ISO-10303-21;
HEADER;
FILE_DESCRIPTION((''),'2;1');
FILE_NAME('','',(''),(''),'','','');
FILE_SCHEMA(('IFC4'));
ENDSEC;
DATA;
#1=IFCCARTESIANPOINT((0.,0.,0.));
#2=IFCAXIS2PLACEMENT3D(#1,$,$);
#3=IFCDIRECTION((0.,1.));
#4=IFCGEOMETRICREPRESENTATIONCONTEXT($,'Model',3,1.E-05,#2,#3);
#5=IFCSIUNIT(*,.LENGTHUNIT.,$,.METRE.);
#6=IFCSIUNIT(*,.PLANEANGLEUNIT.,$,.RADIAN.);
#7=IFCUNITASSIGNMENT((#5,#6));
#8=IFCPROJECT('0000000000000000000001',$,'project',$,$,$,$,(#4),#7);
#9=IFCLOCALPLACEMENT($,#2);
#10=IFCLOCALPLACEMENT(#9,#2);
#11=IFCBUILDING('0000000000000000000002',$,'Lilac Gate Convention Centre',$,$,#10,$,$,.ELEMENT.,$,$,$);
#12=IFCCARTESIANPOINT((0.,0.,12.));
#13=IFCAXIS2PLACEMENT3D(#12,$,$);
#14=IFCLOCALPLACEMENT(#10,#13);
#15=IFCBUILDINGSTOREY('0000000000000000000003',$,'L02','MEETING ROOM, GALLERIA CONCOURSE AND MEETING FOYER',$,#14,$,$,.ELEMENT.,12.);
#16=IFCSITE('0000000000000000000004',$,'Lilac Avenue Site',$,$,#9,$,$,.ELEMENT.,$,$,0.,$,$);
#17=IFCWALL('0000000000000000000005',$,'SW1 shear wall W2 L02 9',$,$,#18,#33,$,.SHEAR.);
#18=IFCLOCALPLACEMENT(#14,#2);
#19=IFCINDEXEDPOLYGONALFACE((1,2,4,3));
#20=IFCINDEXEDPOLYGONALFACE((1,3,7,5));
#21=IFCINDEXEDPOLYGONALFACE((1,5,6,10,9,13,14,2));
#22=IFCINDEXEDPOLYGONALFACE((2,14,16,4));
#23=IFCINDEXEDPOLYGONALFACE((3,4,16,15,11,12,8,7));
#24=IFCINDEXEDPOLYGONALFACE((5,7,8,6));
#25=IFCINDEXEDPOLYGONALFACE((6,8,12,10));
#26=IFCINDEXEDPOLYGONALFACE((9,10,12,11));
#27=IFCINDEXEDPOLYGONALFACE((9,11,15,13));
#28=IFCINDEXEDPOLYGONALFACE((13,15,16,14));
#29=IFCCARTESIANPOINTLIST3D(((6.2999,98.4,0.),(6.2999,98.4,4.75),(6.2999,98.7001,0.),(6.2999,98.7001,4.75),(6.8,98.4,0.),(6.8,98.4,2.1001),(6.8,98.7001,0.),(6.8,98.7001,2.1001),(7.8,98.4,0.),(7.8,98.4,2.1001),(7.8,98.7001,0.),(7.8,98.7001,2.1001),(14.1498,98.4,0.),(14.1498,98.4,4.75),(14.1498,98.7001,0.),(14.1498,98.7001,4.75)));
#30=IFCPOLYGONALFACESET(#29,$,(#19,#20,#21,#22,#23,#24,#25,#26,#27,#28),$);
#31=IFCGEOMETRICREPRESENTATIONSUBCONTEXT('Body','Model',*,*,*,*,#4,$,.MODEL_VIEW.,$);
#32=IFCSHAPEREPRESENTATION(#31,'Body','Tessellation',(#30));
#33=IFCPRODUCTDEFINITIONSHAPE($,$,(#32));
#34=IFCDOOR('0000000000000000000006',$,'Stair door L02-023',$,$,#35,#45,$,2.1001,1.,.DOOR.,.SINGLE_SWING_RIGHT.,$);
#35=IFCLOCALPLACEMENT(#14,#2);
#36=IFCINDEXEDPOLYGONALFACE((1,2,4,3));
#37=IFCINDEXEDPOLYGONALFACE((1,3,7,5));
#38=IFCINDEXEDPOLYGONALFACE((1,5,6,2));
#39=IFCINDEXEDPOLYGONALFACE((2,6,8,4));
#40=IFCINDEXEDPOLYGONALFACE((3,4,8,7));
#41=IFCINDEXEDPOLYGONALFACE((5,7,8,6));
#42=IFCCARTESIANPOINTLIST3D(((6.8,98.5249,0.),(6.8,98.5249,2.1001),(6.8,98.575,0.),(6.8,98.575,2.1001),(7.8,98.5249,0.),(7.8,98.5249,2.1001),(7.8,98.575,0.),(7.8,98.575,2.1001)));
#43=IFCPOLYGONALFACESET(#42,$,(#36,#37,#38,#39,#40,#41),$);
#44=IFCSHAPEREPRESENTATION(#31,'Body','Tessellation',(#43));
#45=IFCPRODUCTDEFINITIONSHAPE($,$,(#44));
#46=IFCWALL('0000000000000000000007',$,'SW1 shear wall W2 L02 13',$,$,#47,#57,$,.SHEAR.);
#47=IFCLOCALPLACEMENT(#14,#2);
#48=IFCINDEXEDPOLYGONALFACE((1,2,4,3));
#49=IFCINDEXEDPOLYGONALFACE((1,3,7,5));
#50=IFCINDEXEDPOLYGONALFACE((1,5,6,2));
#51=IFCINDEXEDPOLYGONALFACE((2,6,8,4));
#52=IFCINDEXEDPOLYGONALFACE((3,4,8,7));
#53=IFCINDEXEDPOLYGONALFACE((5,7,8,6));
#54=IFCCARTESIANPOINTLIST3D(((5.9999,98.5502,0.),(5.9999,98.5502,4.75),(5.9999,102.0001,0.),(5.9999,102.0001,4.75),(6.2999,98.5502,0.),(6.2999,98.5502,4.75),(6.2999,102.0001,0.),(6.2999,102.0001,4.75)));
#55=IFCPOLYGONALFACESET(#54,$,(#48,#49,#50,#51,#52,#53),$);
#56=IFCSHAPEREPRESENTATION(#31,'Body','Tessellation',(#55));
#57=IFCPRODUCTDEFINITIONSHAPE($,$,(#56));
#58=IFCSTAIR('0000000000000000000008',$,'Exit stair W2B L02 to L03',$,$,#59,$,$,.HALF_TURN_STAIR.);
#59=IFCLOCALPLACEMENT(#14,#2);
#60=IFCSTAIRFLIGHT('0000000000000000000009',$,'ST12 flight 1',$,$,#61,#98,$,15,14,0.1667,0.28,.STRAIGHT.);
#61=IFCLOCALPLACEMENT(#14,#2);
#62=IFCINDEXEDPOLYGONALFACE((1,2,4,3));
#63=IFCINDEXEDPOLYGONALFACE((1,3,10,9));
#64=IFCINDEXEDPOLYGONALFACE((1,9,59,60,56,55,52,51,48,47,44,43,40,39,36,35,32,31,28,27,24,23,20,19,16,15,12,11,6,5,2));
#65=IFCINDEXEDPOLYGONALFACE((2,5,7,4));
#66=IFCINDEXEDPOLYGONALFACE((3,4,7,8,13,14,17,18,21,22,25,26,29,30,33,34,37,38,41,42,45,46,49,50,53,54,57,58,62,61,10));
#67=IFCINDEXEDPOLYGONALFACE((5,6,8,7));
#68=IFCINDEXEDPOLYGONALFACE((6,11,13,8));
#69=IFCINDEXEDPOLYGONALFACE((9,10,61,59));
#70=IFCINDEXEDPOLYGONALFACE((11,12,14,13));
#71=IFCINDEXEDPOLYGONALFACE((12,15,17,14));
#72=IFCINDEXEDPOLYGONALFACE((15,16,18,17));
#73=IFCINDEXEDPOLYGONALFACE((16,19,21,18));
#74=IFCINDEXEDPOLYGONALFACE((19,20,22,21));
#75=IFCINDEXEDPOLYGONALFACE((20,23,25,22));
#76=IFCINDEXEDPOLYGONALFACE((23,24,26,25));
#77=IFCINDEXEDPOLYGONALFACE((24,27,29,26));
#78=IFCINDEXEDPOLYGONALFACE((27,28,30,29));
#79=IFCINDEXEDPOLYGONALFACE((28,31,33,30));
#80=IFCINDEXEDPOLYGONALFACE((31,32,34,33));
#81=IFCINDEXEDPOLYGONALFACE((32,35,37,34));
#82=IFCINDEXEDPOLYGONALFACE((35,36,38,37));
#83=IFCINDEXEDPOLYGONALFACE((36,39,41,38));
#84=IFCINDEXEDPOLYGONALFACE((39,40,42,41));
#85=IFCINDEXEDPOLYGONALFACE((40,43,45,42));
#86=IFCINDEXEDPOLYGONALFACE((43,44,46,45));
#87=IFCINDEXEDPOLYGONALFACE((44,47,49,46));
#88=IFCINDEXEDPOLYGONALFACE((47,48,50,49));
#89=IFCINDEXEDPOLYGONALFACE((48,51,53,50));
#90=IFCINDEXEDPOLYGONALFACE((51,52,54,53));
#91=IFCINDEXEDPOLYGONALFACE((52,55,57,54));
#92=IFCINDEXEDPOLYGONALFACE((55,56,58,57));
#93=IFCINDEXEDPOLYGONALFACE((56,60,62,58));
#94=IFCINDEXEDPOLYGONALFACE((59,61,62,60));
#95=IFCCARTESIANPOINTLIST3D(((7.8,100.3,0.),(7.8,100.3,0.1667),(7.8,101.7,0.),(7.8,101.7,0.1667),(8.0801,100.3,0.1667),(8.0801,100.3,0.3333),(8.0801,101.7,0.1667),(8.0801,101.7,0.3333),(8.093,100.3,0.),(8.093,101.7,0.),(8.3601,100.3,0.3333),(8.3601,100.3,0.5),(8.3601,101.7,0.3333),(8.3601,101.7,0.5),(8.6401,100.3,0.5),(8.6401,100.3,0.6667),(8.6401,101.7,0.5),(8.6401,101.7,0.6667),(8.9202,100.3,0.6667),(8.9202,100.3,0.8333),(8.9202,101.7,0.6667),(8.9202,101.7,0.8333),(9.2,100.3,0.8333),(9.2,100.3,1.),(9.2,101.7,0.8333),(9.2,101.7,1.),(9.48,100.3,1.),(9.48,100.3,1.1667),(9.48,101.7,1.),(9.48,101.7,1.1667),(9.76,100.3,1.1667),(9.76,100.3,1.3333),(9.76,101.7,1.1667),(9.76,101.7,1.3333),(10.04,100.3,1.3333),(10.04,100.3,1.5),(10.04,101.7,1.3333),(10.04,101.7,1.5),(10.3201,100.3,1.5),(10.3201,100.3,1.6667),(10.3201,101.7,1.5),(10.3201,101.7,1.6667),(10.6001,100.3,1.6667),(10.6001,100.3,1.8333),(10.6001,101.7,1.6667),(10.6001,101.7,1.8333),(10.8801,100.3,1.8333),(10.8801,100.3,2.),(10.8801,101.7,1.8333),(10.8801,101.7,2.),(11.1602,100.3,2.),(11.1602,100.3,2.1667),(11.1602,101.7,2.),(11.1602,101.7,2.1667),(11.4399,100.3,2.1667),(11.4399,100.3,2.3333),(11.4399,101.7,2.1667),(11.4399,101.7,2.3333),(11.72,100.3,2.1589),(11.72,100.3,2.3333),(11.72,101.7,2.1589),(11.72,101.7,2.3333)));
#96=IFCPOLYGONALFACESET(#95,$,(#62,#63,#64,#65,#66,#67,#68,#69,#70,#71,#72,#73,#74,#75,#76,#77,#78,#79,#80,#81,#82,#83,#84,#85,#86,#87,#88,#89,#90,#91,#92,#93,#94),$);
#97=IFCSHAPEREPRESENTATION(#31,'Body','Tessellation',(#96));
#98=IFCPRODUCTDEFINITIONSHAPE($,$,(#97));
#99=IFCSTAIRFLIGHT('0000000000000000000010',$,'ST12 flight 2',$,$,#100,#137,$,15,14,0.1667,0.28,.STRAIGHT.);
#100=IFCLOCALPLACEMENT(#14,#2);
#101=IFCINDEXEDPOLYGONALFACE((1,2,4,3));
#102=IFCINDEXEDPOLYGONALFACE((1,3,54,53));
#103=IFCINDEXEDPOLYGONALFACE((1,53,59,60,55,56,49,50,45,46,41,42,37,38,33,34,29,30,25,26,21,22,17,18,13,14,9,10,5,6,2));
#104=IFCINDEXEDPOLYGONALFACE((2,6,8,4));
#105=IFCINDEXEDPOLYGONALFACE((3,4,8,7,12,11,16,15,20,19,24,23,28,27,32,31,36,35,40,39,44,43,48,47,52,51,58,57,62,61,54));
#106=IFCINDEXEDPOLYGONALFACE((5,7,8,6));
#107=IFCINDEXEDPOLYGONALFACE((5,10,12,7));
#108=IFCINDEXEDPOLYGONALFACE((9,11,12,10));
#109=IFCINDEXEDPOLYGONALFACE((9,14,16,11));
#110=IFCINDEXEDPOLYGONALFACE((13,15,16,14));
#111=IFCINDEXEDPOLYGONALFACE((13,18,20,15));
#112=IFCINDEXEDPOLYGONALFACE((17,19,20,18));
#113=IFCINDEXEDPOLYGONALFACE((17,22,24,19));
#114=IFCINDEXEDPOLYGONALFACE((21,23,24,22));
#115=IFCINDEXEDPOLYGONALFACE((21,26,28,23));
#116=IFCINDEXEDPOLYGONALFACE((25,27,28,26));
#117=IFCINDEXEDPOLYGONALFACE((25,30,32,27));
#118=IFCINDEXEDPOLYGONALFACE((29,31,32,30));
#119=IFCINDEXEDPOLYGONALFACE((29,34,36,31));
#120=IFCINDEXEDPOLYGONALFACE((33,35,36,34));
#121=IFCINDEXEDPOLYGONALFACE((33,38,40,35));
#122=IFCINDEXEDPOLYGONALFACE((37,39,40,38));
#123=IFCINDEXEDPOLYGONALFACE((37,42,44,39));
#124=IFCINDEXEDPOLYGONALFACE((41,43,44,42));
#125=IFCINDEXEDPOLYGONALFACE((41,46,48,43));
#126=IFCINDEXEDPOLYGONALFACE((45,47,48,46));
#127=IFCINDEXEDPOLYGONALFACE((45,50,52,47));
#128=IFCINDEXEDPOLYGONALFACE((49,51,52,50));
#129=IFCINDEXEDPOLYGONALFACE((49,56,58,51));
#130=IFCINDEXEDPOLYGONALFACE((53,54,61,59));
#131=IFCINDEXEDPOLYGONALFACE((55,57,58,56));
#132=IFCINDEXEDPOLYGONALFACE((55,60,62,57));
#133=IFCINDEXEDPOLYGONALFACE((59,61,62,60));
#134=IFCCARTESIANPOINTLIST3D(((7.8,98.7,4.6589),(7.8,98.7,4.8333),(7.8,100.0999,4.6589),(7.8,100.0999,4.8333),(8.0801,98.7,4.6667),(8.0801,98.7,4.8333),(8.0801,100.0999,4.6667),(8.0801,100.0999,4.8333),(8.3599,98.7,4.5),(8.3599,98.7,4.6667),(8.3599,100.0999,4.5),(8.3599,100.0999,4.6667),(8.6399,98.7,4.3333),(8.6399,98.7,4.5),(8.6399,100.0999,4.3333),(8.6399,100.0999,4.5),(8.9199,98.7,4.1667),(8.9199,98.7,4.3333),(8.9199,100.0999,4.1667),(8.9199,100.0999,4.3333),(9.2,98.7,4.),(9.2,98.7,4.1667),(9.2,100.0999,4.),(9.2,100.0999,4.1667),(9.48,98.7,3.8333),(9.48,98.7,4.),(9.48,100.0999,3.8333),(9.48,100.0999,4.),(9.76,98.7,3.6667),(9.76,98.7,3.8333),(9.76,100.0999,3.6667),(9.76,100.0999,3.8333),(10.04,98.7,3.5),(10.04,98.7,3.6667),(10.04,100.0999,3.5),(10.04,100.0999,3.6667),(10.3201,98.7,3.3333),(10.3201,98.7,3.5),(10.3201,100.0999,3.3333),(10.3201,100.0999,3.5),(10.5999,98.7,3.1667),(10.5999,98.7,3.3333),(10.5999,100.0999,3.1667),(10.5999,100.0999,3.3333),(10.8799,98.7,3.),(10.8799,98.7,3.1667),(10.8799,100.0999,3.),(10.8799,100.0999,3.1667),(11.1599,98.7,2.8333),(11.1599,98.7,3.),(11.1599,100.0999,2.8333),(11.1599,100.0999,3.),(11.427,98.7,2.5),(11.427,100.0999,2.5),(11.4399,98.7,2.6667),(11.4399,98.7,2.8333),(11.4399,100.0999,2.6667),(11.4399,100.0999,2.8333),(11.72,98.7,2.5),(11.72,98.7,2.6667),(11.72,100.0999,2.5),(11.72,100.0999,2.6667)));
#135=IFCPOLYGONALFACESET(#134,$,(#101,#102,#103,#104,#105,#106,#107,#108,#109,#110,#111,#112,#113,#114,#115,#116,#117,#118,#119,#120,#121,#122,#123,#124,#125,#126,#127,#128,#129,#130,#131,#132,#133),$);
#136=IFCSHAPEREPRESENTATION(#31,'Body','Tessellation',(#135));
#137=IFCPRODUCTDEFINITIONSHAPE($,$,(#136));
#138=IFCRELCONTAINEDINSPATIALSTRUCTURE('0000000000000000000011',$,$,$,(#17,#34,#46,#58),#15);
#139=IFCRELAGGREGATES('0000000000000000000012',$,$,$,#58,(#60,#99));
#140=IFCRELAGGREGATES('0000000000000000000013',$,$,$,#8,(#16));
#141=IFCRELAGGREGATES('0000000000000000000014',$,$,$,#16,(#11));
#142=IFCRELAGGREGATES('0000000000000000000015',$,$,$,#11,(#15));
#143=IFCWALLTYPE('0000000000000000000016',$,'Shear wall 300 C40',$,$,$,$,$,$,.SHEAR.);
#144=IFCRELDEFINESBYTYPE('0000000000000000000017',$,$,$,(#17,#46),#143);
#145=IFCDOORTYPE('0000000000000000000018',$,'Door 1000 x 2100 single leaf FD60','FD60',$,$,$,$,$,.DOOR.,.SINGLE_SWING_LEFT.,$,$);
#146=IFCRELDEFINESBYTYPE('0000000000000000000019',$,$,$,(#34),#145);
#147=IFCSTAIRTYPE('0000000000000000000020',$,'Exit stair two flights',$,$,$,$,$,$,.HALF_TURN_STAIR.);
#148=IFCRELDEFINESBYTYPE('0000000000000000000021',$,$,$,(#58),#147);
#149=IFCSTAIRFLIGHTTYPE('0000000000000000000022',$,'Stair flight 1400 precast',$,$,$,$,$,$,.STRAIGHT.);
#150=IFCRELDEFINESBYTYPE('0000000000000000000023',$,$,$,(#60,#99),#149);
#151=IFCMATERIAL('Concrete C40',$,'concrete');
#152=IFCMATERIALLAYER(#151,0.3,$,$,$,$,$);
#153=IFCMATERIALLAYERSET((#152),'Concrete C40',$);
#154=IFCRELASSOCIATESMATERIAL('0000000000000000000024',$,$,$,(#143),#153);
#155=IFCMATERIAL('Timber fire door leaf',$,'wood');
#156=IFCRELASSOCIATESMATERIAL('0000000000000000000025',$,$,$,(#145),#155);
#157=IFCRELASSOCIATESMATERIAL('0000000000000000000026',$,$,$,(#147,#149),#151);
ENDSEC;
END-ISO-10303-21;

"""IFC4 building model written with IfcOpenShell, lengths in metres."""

from ifc_helpers import new_model, si_unit, direction, frame, frame_2d, origin, place, context, subcontext, project, spatial, polyline, rectangle, outline, extrude, material, layer, layer_set, type_object, element, fill, aggregate, save


model = new_model("IFC4")

# Units and contexts
model_context = context("Model", 3, precision=1e-05, world=origin(), true_north=direction((0.0, 1.0)))
body_context = subcontext(model_context, "Body", "Model", "MODEL_VIEW")
ifc_project = project(units=[si_unit("LENGTHUNIT", "METRE"), si_unit("PLANEANGLEUNIT", "RADIAN")], contexts=[model_context])

# Site, building, storey
site_placement = place(None, origin())
site = spatial("IfcSite", under=ifc_project, at=site_placement, Name="Lilac Avenue Site", CompositionType="ELEMENT", RefElevation=0.0)
building_placement = place(site_placement, origin())
building = spatial("IfcBuilding", under=site, at=building_placement, Name="Lilac Gate Convention Centre", CompositionType="ELEMENT")
storey_placement = place(building_placement, frame((0.0, 0.0, 12.0)))
storey = spatial("IfcBuildingStorey", under=building, at=storey_placement, Name="L02", Description="MEETING ROOM, GALLERIA CONCOURSE AND MEETING FOYER", CompositionType="ELEMENT", Elevation=12.0)

# Shared definitions
ifc_material_1 = material(Name="Concrete C40", Category="concrete")

# Shared definitions
ifc_material_2 = material(Name="Timber fire door leaf", Category="wood")

# Wall, opening, door
ifc_layer_1 = layer(ifc_material_1, 0.3)
ifc_layer_set_1 = layer_set([ifc_layer_1], Name="Concrete C40")
wall_type_1 = type_object("IfcWallType", Name="Shear wall 300 C40", PredefinedType="SHEAR", material=ifc_layer_set_1)
wall_1_placement = place(storey_placement, frame((6.3, 98.55, 0.0), z_axis=(0.0, 0.0, 1.0), x_axis=(1.0, 0.0, 0.0)))
wall_1 = element("IfcWall", 1, at=wall_1_placement, inside=storey, type_object=wall_type_1, Name="SW1 shear wall W2 L02 9", PredefinedType="SHEAR", context=body_context, shape_type="SweptSolid", body=[
    extrude(rectangle(XDim=7.8499, YDim=0.3, at=frame_2d((3.9248, 0.0))), origin(), (0.0, 0.0, 1.0), 4.75),
])
opening_1_placement = place(wall_1_placement, frame((0.5, 0.0, 0.0)))
opening_1 = element("IfcOpeningElement", 2, at=opening_1_placement, cuts=wall_1, PredefinedType="OPENING", context=body_context, shape_type="SweptSolid", body=[
    extrude(rectangle(XDim=1.0, YDim=2.1001, at=frame_2d((0.5, 1.05))), frame((0.0, 0.1599, 0.0), z_axis=(0.0, -1.0, 0.0), x_axis=(1.0, 0.0, 0.0)), (0.0, 0.0, 1.0), 0.3201),
])
door_type_1 = type_object("IfcDoorType", Name="Door 1000 x 2100 single leaf FD60", Description="FD60", OperationType="SINGLE_SWING_LEFT", PredefinedType="DOOR", material=ifc_material_2)
door_1_placement = place(opening_1_placement, origin())
door_1 = element("IfcDoor", 3, at=door_1_placement, inside=storey, type_object=door_type_1, Name="Stair door L02-023", OperationType="SINGLE_SWING_RIGHT", OverallHeight=2.1001, OverallWidth=1.0, PredefinedType="DOOR", context=body_context, shape_type="SweptSolid", body=[
    extrude(rectangle(XDim=1.0, YDim=2.1001, at=frame_2d((0.5, 1.05))), frame((0.0, 0.0249, 0.0), z_axis=(0.0, -1.0, 0.0), x_axis=(1.0, 0.0, 0.0)), (0.0, 0.0, 1.0), 0.05),
])
fill(opening_1, door_1)

# Wall
wall_2_placement = place(storey_placement, frame((6.1499, 98.55, 0.0), z_axis=(0.0, 0.0, 1.0), x_axis=(0.0, 1.0, 0.0)))
element("IfcWall", 4, at=wall_2_placement, inside=storey, type_object=wall_type_1, Name="SW1 shear wall W2 L02 13", PredefinedType="SHEAR", context=body_context, shape_type="SweptSolid", body=[
    extrude(rectangle(XDim=3.45, YDim=0.3, at=frame_2d((1.7251, 0.0))), origin(), (0.0, 0.0, 1.0), 4.75),
])

# Stair, stair flights
stair_type = type_object("IfcStairType", Name="Exit stair two flights", PredefinedType="HALF_TURN_STAIR", material=ifc_material_1)
stair_placement = place(storey_placement, origin())
stair = element("IfcStair", 5, at=stair_placement, inside=storey, type_object=stair_type, Name="Exit stair W2B L02 to L03", PredefinedType="HALF_TURN_STAIR")
stair_flight_type = type_object("IfcStairFlightType", Name="Stair flight 1400 precast", PredefinedType="STRAIGHT", material=ifc_material_1)
stair_flight_1_placement = place(storey_placement, frame((7.8, 101.0, 0.0), z_axis=(0.0, 0.0, 1.0), x_axis=(1.0, 0.0, 0.0)))
stair_flight_1 = element("IfcStairFlight", 6, at=stair_flight_1_placement, type_object=stair_flight_type, Name="ST12 flight 1", NumberOfRisers=15, NumberOfTreads=14, PredefinedType="STRAIGHT", RiserHeight=0.1667, TreadLength=0.28, context=body_context, shape_type="SweptSolid", body=[
    extrude(outline(polyline([(0.0, 0.0), (0.0, 0.1667), (0.28, 0.1667), (0.28, 0.3333), (0.5601, 0.3333), (0.5601, 0.5), (0.8401, 0.5), (0.8401, 0.6667), (1.1201, 0.6667), (1.1201, 0.8333), (1.3999, 0.8333), (1.3999, 1.0), (1.6799, 1.0), (1.6799, 1.1667), (1.96, 1.1667), (1.96, 1.3333), (2.24, 1.3333), (2.24, 1.5), (2.52, 1.5), (2.52, 1.6667), (2.8, 1.6667), (2.8, 1.8333), (3.0801, 1.8333), (3.0801, 2.0), (3.3601, 2.0), (3.3601, 2.1667), (3.6399, 2.1667), (3.6399, 2.3333), (3.9199, 2.3333), (3.9199, 2.5), (3.9199, 2.1589), (0.293, 0.0), (0.0, 0.0)])), frame((0.0, 0.7, 0.0), z_axis=(0.0, -1.0, 0.0), x_axis=(1.0, 0.0, 0.0)), (0.0, 0.0, 1.0), 1.3999),
])
stair_flight_2_placement = place(storey_placement, frame((11.72, 99.3999, 2.5), z_axis=(0.0, 0.0, 1.0), x_axis=(-1.0, 0.0, 0.0)))
stair_flight_2 = element("IfcStairFlight", 7, at=stair_flight_2_placement, type_object=stair_flight_type, Name="ST12 flight 2", NumberOfRisers=15, NumberOfTreads=14, PredefinedType="STRAIGHT", RiserHeight=0.1667, TreadLength=0.28, context=body_context, shape_type="SweptSolid", body=[
    extrude(outline(polyline([(0.0, 0.0), (0.0, 0.1667), (0.28, 0.1667), (0.28, 0.3333), (0.5601, 0.3333), (0.5601, 0.5), (0.8401, 0.5), (0.8401, 0.6667), (1.1201, 0.6667), (1.1201, 0.8333), (1.3999, 0.8333), (1.3999, 1.0), (1.6799, 1.0), (1.6799, 1.1667), (1.96, 1.1667), (1.96, 1.3333), (2.24, 1.3333), (2.24, 1.5), (2.52, 1.5), (2.52, 1.6667), (2.8, 1.6667), (2.8, 1.8333), (3.0801, 1.8333), (3.0801, 2.0), (3.3601, 2.0), (3.3601, 2.1667), (3.6399, 2.1667), (3.6399, 2.3333), (3.9199, 2.3333), (3.9199, 2.5), (3.9199, 2.1589), (0.293, 0.0), (0.0, 0.0)])), frame((0.0, 0.7, 0.0), z_axis=(0.0, -1.0, 0.0), x_axis=(1.0, 0.0, 0.0)), (0.0, 0.0, 1.0), 1.3999),
])
aggregate(stair, [stair_flight_1, stair_flight_2])

save(model, "model.ifc")
